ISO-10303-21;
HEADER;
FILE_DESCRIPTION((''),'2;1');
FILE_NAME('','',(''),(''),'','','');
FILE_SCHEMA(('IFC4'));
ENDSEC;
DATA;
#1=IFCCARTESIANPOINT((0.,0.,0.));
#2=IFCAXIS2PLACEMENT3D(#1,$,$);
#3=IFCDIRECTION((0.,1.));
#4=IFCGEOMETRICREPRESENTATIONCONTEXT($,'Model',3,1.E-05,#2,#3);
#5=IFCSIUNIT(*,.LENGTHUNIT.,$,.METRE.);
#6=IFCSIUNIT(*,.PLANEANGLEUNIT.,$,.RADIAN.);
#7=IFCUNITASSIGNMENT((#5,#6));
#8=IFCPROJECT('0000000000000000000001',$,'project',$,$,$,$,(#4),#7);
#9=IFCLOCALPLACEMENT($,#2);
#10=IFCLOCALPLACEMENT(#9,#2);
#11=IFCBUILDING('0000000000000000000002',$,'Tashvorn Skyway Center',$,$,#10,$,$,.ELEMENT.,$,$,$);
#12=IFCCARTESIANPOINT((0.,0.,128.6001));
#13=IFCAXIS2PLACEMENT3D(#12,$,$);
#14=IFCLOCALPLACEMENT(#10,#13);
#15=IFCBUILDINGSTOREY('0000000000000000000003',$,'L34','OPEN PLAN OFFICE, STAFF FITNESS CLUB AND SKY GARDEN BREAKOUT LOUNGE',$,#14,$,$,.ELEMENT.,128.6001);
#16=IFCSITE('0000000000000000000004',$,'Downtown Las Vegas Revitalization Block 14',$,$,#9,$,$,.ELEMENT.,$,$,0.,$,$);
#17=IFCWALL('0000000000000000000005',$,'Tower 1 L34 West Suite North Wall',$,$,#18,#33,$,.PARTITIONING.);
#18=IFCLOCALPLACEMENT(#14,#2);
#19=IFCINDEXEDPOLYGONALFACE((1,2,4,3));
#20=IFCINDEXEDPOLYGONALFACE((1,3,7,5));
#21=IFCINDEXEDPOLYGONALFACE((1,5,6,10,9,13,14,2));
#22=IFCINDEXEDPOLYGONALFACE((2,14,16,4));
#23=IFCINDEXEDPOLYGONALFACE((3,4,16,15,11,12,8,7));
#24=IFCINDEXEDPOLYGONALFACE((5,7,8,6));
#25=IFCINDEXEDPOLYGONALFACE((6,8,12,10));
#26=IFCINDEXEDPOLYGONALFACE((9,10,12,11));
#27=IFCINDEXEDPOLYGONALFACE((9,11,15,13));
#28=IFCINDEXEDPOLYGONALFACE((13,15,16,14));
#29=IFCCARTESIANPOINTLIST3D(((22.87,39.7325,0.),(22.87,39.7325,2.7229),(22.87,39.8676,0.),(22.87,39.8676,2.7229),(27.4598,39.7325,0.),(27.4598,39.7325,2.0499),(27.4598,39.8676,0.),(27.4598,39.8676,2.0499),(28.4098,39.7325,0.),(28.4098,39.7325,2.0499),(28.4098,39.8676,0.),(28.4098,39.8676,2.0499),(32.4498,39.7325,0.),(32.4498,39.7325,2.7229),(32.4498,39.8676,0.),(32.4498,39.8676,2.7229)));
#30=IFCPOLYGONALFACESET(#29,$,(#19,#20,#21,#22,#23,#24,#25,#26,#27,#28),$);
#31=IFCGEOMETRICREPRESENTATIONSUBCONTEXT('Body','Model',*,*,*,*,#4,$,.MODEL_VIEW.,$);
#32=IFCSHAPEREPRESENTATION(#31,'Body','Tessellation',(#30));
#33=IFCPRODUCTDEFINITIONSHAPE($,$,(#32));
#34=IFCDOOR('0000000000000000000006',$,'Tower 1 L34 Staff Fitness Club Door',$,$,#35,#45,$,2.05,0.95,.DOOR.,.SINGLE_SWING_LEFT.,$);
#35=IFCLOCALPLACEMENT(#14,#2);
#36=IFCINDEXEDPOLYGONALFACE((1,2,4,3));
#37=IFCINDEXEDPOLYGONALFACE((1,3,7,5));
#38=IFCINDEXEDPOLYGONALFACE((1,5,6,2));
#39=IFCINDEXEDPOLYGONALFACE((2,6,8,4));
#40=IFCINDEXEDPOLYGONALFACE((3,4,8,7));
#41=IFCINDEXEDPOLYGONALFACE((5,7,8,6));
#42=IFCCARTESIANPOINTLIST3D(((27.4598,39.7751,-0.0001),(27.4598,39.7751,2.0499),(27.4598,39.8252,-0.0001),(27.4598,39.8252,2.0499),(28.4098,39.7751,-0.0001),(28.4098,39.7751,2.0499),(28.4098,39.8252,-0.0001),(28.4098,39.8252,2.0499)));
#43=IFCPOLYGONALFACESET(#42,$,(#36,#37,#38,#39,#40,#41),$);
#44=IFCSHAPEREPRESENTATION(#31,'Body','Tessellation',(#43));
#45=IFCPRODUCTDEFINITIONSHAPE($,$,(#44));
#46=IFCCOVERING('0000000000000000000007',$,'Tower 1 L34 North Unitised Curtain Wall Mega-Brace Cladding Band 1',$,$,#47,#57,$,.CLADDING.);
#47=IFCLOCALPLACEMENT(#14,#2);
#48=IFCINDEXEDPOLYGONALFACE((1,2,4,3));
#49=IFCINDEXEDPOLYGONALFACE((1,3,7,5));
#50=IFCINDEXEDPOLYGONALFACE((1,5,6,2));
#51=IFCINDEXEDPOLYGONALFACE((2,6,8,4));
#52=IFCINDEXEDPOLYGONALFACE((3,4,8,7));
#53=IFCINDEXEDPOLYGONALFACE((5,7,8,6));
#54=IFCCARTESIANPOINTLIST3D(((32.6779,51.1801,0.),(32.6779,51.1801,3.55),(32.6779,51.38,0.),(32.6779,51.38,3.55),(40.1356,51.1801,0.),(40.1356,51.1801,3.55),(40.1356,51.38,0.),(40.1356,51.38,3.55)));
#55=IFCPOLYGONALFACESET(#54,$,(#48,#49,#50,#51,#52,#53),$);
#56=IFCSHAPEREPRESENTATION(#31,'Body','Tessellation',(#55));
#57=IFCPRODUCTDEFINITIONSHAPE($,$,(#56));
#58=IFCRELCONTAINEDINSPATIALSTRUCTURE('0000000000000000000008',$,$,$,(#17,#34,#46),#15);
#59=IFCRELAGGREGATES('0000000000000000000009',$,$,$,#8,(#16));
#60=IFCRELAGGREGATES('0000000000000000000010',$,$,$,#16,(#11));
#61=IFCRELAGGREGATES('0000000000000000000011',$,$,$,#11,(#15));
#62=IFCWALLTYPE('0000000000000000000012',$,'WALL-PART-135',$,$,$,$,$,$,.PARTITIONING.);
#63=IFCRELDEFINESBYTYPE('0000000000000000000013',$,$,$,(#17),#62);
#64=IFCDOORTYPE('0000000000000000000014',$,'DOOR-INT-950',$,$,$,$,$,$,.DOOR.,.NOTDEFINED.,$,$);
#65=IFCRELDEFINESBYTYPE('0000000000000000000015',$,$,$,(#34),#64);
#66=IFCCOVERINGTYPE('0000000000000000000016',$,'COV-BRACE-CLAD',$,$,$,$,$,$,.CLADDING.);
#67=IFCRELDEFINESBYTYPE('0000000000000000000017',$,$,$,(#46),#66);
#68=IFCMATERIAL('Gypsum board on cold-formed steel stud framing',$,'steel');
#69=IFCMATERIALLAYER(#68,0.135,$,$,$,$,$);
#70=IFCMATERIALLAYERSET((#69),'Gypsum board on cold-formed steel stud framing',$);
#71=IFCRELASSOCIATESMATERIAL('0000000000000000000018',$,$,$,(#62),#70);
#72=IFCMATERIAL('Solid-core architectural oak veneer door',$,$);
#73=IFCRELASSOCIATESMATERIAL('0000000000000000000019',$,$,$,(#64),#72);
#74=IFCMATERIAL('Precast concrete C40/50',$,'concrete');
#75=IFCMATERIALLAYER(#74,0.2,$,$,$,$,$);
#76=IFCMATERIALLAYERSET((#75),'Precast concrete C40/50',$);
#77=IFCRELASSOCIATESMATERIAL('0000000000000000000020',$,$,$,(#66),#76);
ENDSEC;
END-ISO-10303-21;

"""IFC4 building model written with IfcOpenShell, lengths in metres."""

from ifc_helpers import new_model, si_unit, direction, frame, frame_2d, origin, origin_2d, place, context, subcontext, project, spatial, rectangle, extrude, material, layer, layer_set, type_object, element, fill, save


model = new_model("IFC4")

# Units and contexts
model_context = context("Model", 3, precision=1e-05, world=origin(), true_north=direction((0.0, 1.0)))
body_context = subcontext(model_context, "Body", "Model", "MODEL_VIEW")
ifc_project = project(units=[si_unit("LENGTHUNIT", "METRE"), si_unit("PLANEANGLEUNIT", "RADIAN")], contexts=[model_context])

# Site, building, storey
site_placement = place(None, origin())
site = spatial("IfcSite", under=ifc_project, at=site_placement, Name="Downtown Las Vegas Revitalization Block 14", CompositionType="ELEMENT", RefElevation=0.0)
building_placement = place(site_placement, origin())
building = spatial("IfcBuilding", under=site, at=building_placement, Name="Tashvorn Skyway Center", CompositionType="ELEMENT")
storey_placement = place(building_placement, frame((0.0, 0.0, 128.6001)))
storey = spatial("IfcBuildingStorey", under=building, at=storey_placement, Name="L34", Description="OPEN PLAN OFFICE, STAFF FITNESS CLUB AND SKY GARDEN BREAKOUT LOUNGE", CompositionType="ELEMENT", Elevation=128.6001)

# Shared definitions
ifc_material_1 = material(Name="Gypsum board on cold-formed steel stud framing", Category="steel")
ifc_layer_1 = layer(ifc_material_1, 0.135)
ifc_layer_set_1 = layer_set([ifc_layer_1], Name="Gypsum board on cold-formed steel stud framing")
wall_type_1 = type_object("IfcWallType", Name="WALL-PART-135", PredefinedType="PARTITIONING", material=ifc_layer_set_1)
ifc_material_2 = material(Name="Solid-core architectural oak veneer door")
door_type_1 = type_object("IfcDoorType", Name="DOOR-INT-950", OperationType="NOTDEFINED", PredefinedType="DOOR", material=ifc_material_2)

# Wall, opening, door
wall_1_placement = place(storey_placement, frame((32.45, 39.8, 0.0), z_axis=(0.0, 0.0, 1.0), x_axis=(-1.0, 0.0, 0.0)))
wall_1 = element("IfcWall", 1, at=wall_1_placement, inside=storey, type_object=wall_type_1, Name="Tower 1 L34 West Suite North Wall", PredefinedType="PARTITIONING", context=body_context, shape_type="SweptSolid", body=[
    extrude(rectangle(XDim=9.5798, YDim=0.135, at=frame_2d((4.79, 0.0))), origin(), (0.0, 0.0, 1.0), 2.7229),
])
opening_1_placement = place(wall_1_placement, frame((4.04, 0.0, 0.0)))
opening_1 = element("IfcOpeningElement", 2, at=opening_1_placement, cuts=wall_1, PredefinedType="OPENING", context=body_context, shape_type="SweptSolid", body=[
    extrude(rectangle(XDim=0.95, YDim=2.05, at=frame_2d((0.4751, 1.0249))), frame((0.0, 0.0774, 0.0), z_axis=(0.0, -1.0, 0.0), x_axis=(1.0, 0.0, 0.0)), (0.0, 0.0, 1.0), 0.155),
])
door_1_placement = place(opening_1_placement, origin())
door_1 = element("IfcDoor", 3, at=door_1_placement, inside=storey, type_object=door_type_1, Name="Tower 1 L34 Staff Fitness Club Door", OperationType="SINGLE_SWING_LEFT", OverallHeight=2.05, OverallWidth=0.95, PredefinedType="DOOR", context=body_context, shape_type="SweptSolid", body=[
    extrude(rectangle(XDim=0.95, YDim=2.05, at=frame_2d((0.4751, 1.0249))), frame((0.0, 0.0249, 0.0), z_axis=(0.0, -1.0, 0.0), x_axis=(1.0, 0.0, 0.0)), (0.0, 0.0, 1.0), 0.05),
])
fill(opening_1, door_1)

# Covering
ifc_material_3 = material(Name="Precast concrete C40/50", Category="concrete")
ifc_layer_2 = layer(ifc_material_3, 0.2)
ifc_layer_set_2 = layer_set([ifc_layer_2], Name="Precast concrete C40/50")
covering_type = type_object("IfcCoveringType", Name="COV-BRACE-CLAD", PredefinedType="CLADDING", material=ifc_layer_set_2)
covering_placement = place(storey_placement, frame((36.4067, 51.28, 0.0), z_axis=(0.0, 0.0, 1.0), x_axis=(1.0, 0.0, 0.0)))
element("IfcCovering", 4, at=covering_placement, inside=storey, type_object=covering_type, Name="Tower 1 L34 North Unitised Curtain Wall Mega-Brace Cladding Band 1", PredefinedType="CLADDING", context=body_context, shape_type="SweptSolid", body=[
    extrude(rectangle(XDim=7.4578, YDim=0.2, at=origin_2d()), origin(), (0.0, 0.0, 1.0), 3.55),
])

save(model, "model.ifc")
